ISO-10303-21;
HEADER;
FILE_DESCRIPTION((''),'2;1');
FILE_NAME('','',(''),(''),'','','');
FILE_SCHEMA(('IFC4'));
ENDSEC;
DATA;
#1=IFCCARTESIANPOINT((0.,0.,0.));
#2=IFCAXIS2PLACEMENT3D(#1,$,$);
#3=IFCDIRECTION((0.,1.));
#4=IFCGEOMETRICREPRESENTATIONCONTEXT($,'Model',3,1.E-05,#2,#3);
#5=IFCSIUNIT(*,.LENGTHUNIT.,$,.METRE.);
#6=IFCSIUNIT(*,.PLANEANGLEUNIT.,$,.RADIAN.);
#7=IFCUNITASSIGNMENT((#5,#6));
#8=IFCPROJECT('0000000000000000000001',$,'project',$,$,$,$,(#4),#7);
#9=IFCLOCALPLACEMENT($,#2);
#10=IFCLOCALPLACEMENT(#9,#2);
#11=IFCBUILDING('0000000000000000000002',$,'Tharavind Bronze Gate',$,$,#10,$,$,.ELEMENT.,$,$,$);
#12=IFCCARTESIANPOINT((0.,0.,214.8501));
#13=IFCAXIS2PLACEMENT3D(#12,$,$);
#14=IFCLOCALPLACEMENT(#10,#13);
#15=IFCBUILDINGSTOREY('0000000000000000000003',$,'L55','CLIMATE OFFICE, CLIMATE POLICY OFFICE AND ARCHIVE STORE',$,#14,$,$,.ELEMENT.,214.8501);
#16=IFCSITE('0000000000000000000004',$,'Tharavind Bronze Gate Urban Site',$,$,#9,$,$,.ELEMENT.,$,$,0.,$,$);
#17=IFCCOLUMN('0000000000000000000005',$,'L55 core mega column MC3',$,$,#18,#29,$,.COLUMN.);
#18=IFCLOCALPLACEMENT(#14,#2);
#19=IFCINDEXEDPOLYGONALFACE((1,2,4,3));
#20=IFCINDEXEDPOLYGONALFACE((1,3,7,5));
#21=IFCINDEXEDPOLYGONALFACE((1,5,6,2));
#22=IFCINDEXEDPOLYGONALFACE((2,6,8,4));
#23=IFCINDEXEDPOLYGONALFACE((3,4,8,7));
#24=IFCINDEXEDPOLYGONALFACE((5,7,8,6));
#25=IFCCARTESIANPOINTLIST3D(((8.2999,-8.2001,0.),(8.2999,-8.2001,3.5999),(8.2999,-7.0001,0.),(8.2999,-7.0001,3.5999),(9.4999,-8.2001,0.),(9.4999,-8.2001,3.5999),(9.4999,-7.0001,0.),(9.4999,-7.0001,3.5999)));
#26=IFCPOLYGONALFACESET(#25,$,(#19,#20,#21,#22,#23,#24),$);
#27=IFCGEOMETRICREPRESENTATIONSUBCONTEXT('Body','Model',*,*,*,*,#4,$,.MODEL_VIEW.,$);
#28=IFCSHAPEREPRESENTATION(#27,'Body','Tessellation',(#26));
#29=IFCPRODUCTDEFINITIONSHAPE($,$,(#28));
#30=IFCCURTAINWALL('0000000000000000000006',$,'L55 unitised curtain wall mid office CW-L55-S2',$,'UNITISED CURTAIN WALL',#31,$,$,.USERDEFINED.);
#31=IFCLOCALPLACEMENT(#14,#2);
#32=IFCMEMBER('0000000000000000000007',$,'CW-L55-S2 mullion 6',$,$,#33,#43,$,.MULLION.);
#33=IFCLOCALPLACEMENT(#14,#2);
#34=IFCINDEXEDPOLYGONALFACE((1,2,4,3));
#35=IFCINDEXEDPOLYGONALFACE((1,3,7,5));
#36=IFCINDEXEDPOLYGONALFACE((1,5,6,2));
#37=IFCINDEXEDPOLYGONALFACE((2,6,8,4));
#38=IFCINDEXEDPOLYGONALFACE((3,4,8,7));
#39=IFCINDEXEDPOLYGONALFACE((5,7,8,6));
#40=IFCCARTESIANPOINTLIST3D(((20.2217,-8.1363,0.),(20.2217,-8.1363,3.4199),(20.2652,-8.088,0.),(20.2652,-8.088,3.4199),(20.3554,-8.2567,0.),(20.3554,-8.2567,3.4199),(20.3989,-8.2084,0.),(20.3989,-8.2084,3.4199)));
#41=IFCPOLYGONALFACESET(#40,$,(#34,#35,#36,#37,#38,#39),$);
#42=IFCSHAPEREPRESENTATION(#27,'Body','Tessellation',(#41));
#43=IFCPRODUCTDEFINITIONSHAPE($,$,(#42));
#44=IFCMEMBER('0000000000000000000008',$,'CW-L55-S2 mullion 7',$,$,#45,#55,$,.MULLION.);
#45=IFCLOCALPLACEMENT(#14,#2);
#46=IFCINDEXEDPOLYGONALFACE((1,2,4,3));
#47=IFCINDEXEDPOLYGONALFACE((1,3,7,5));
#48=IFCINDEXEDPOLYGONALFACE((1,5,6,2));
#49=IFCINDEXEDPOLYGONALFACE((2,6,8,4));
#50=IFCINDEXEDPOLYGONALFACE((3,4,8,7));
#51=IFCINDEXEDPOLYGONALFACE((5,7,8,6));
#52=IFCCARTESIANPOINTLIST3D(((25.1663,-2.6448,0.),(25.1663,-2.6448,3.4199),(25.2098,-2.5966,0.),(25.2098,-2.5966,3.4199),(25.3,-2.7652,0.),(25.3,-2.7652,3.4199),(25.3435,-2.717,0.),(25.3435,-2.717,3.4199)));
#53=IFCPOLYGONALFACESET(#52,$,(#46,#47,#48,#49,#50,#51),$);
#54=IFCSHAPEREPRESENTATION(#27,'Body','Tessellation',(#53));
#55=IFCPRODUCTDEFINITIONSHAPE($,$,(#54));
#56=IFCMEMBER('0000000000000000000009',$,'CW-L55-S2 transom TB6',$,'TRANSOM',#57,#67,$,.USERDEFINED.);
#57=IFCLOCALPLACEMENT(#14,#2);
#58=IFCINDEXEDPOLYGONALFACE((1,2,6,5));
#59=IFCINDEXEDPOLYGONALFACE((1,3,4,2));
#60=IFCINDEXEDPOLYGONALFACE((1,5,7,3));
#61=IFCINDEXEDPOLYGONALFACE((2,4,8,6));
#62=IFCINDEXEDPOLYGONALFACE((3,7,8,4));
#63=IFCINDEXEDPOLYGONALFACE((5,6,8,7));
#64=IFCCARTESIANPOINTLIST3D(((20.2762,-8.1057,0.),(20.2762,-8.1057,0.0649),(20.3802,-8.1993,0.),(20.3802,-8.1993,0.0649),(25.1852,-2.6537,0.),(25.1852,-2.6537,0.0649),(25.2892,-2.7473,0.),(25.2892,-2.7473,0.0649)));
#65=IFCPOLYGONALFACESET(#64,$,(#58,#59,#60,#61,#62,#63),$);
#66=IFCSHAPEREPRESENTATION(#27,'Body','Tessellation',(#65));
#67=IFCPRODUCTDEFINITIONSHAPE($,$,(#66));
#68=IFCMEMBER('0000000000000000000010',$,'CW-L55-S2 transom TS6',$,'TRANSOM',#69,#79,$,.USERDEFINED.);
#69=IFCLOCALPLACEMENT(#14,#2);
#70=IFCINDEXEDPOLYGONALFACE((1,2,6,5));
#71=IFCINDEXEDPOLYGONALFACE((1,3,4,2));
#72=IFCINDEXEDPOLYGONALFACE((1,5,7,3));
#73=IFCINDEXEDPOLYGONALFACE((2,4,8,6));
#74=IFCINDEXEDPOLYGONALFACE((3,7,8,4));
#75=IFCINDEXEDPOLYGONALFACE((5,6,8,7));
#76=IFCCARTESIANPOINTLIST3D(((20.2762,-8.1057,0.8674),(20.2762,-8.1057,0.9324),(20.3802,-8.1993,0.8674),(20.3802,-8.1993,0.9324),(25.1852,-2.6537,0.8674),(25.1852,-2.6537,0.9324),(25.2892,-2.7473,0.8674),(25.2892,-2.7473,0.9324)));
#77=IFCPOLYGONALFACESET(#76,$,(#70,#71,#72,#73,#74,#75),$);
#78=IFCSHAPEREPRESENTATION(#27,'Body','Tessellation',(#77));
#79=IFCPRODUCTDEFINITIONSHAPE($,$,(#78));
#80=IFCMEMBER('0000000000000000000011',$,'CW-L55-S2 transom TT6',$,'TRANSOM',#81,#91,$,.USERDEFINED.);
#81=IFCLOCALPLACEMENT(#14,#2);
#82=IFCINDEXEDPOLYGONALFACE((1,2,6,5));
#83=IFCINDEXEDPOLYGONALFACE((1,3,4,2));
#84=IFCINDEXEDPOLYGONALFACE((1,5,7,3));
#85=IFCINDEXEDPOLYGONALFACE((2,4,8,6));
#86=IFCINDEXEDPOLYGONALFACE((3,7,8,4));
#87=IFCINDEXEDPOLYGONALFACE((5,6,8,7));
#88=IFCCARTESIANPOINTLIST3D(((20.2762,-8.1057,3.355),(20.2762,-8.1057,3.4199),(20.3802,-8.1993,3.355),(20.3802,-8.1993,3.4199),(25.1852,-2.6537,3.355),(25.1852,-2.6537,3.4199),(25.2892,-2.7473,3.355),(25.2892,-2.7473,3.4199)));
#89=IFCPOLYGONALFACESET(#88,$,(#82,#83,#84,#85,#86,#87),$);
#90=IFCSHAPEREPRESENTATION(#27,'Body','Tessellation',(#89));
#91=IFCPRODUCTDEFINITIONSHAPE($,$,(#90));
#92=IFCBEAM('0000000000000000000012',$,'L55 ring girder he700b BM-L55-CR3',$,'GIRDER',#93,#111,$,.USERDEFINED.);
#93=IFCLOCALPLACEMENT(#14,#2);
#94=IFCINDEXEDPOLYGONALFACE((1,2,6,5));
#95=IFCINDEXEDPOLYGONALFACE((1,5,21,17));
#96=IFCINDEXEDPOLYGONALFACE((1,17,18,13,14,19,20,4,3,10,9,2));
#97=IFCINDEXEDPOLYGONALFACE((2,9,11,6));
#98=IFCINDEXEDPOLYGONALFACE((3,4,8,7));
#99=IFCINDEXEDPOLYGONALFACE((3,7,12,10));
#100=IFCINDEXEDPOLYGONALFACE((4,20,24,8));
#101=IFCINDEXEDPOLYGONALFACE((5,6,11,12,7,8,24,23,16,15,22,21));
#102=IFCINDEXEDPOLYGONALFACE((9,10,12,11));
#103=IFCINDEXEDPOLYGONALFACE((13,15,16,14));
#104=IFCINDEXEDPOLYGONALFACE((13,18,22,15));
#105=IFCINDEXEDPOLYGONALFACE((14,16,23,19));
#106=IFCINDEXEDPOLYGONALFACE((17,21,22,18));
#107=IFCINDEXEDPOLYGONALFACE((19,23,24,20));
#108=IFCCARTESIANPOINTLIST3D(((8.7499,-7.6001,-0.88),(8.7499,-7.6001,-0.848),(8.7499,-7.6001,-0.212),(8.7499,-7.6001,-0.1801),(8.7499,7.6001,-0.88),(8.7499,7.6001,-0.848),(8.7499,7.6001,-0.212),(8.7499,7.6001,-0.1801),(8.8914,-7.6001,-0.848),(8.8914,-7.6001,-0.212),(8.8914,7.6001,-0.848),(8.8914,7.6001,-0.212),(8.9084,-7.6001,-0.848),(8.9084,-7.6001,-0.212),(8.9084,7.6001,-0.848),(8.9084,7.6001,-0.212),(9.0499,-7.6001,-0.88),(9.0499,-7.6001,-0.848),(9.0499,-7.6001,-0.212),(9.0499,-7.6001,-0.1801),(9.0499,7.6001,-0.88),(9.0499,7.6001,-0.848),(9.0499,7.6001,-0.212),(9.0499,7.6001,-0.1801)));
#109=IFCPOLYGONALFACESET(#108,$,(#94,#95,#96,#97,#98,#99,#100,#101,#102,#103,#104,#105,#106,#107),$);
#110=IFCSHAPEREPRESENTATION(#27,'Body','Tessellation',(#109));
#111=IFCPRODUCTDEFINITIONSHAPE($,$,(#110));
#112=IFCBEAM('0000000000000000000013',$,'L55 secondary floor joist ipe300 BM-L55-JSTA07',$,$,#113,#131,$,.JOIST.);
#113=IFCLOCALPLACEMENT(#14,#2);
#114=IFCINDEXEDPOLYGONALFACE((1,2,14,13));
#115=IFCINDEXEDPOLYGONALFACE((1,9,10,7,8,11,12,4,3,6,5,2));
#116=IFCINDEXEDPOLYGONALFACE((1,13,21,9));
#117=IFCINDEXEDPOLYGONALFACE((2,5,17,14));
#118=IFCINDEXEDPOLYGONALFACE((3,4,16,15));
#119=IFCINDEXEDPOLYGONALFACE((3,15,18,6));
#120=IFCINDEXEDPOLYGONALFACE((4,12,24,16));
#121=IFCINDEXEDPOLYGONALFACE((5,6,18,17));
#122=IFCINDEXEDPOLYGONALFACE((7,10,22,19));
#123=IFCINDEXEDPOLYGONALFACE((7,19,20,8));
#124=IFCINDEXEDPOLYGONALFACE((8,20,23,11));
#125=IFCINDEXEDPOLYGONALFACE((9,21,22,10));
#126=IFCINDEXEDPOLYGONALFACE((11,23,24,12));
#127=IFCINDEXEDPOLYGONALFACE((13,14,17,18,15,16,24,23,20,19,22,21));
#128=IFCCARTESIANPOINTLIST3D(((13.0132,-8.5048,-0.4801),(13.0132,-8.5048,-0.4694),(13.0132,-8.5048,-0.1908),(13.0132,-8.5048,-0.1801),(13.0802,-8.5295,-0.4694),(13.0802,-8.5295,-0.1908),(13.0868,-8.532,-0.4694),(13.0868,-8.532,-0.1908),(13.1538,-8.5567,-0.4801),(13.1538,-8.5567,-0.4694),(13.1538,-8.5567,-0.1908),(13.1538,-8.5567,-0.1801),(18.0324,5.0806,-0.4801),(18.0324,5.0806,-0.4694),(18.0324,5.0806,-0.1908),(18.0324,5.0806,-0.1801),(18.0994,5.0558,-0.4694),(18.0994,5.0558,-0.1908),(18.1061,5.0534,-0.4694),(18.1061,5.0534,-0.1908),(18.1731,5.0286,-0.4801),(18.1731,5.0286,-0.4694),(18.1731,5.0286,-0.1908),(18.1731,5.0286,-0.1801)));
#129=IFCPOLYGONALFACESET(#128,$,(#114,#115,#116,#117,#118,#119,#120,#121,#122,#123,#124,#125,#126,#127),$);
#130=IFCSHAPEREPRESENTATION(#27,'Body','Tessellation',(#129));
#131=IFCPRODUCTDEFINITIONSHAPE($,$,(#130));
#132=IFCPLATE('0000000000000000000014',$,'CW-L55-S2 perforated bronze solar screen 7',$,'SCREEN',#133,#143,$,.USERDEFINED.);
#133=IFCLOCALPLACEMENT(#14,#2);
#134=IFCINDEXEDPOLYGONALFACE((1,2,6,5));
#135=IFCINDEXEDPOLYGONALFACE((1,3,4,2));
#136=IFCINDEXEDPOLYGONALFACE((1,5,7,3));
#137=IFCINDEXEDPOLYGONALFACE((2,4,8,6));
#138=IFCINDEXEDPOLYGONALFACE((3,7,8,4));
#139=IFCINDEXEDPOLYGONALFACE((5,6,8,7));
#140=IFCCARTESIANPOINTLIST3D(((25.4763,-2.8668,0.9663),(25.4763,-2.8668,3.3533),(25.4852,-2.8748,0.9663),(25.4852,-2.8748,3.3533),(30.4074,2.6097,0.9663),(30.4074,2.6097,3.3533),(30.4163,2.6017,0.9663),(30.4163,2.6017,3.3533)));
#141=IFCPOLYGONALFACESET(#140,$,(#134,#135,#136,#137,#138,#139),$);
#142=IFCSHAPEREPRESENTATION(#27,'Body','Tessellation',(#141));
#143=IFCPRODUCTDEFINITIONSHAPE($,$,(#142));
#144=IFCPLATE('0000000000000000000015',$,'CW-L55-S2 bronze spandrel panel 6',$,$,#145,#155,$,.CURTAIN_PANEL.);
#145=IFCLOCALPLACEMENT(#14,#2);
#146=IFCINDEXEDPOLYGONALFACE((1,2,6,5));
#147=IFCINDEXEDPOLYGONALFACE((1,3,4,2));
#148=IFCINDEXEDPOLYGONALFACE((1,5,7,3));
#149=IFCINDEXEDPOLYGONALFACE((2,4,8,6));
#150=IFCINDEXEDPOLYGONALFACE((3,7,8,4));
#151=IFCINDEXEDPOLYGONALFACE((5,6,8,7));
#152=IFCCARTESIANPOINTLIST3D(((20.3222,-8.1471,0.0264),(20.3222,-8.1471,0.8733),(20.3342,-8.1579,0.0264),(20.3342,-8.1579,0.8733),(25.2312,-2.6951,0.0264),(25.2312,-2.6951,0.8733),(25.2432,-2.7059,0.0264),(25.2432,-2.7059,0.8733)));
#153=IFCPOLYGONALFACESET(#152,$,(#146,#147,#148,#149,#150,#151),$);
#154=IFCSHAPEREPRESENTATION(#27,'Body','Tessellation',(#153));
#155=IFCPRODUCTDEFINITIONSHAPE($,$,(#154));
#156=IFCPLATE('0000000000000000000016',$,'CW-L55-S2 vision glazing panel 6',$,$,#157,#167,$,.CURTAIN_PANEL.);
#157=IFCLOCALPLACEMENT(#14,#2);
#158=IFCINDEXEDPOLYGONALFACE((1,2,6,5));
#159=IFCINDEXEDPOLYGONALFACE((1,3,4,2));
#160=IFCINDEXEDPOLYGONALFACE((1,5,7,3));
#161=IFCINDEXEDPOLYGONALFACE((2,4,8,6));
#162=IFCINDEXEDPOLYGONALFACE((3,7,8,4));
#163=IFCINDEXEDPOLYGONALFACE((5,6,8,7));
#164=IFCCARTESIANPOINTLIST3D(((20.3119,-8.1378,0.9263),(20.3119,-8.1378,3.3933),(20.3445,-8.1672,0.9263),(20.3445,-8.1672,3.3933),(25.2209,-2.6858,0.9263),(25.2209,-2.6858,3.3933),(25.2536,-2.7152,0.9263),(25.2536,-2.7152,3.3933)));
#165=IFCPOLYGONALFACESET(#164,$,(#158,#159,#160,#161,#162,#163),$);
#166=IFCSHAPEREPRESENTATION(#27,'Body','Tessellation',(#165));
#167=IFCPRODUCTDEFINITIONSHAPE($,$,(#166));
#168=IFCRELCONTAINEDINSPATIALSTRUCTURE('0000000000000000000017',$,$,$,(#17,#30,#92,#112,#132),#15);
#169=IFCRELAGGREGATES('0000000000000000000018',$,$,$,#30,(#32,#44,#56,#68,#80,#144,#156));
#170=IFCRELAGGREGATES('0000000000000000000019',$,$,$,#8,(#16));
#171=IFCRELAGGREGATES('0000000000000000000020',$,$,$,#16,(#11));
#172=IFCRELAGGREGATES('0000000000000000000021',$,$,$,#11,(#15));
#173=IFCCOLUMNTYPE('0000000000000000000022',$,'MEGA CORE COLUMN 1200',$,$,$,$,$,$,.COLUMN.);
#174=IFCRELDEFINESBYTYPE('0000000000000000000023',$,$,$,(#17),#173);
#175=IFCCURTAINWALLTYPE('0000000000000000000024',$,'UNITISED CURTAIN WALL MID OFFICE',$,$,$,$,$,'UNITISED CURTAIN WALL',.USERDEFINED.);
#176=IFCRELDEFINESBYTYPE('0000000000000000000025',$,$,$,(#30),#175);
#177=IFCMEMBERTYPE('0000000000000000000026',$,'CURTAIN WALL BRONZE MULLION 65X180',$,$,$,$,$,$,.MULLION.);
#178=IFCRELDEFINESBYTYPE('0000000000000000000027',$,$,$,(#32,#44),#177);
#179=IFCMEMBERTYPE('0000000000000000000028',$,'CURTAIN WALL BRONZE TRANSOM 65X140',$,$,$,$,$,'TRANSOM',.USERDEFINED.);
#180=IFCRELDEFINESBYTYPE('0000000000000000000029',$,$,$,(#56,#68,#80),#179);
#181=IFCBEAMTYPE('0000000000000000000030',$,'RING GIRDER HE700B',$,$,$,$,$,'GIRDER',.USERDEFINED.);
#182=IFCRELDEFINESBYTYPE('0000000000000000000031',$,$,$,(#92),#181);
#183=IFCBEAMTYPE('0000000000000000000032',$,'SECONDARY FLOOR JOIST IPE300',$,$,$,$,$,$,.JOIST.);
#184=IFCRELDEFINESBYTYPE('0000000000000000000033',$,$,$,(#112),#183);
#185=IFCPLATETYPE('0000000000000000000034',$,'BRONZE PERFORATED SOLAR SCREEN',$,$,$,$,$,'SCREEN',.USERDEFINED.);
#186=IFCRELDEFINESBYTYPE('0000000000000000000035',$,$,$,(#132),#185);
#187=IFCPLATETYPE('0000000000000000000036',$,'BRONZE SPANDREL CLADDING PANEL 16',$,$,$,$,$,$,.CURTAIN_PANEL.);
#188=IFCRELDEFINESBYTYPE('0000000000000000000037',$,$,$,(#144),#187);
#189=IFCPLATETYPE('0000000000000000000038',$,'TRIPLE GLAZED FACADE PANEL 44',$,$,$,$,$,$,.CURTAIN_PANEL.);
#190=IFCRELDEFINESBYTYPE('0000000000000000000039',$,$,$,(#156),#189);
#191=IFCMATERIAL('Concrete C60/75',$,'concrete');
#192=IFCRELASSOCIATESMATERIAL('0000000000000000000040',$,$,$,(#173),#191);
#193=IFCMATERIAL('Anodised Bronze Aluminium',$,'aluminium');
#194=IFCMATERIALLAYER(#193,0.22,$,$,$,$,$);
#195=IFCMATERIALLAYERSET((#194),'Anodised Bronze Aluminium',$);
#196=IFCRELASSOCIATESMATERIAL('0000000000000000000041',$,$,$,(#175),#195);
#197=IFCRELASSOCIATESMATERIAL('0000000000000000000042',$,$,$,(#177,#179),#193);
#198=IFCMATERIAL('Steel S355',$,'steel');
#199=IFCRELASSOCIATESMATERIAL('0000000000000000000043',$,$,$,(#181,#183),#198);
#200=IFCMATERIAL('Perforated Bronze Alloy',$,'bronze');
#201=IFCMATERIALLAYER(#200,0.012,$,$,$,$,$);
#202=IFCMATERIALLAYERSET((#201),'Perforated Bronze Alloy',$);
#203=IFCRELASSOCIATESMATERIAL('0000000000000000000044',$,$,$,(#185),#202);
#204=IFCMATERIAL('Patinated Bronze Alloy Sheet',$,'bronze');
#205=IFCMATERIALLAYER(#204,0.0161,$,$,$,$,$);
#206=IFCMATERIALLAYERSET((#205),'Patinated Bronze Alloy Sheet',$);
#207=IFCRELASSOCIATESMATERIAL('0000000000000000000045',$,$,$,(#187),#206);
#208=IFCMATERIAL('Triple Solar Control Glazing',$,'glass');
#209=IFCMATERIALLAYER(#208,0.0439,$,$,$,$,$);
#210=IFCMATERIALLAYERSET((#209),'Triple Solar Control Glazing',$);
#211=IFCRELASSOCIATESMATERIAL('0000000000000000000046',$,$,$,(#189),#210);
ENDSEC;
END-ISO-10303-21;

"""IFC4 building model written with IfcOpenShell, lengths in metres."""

from ifc_helpers import new_model, si_unit, direction, frame, origin, origin_2d, place, context, subcontext, project, spatial, rectangle, i_section, extrude, material, layer, layer_set, material_profile, profile_set, type_object, element, aggregate, save


model = new_model("IFC4")

# Units and contexts
model_context = context("Model", 3, precision=1e-05, world=origin(), true_north=direction((0.0, 1.0)))
body_context = subcontext(model_context, "Body", "Model", "MODEL_VIEW")
ifc_project = project(units=[si_unit("LENGTHUNIT", "METRE"), si_unit("PLANEANGLEUNIT", "RADIAN")], contexts=[model_context])

# Site, building, storey
site_placement = place(None, origin())
site = spatial("IfcSite", under=ifc_project, at=site_placement, Name="Tharavind Bronze Gate Urban Site", CompositionType="ELEMENT", RefElevation=0.0)
building_placement = place(site_placement, origin())
building = spatial("IfcBuilding", under=site, at=building_placement, Name="Tharavind Bronze Gate", CompositionType="ELEMENT")
storey_placement = place(building_placement, frame((0.0, 0.0, 214.8501)))
storey = spatial("IfcBuildingStorey", under=building, at=storey_placement, Name="L55", Description="CLIMATE OFFICE, CLIMATE POLICY OFFICE AND ARCHIVE STORE", CompositionType="ELEMENT", Elevation=214.8501)

# Column
ifc_material_1 = material(Name="Concrete C60/75", Category="concrete")
ifc_material_profile_1 = material_profile(ifc_material_1, rectangle(XDim=1.2, YDim=1.2, at=origin_2d()), Name="RCCOL1200")
ifc_profile_set_1 = profile_set([ifc_material_profile_1], Name="Concrete C60/75")
column_type = type_object("IfcColumnType", Name="MEGA CORE COLUMN 1200", PredefinedType="COLUMN", material=ifc_profile_set_1)
column_placement = place(storey_placement, frame((8.8999, -7.6001, 0.0), z_axis=(0.0, 0.0, 1.0), x_axis=(1.0, 0.0, 0.0)))
element("IfcColumn", 1, at=column_placement, inside=storey, type_object=column_type, Name="L55 core mega column MC3", PredefinedType="COLUMN", context=body_context, shape_type="SweptSolid", body=[
    extrude(rectangle(XDim=1.2, YDim=1.2, at=origin_2d()), origin(), (0.0, 0.0, 1.0), 3.5999),
])

# Curtain wall, members
ifc_material_2 = material(Name="Anodised Bronze Aluminium", Category="aluminium")
ifc_layer_1 = layer(ifc_material_2, 0.22)
ifc_layer_set_1 = layer_set([ifc_layer_1], Name="Anodised Bronze Aluminium")
curtain_wall_type = type_object("IfcCurtainWallType", Name="UNITISED CURTAIN WALL MID OFFICE", ElementType="UNITISED CURTAIN WALL", PredefinedType="USERDEFINED", material=ifc_layer_set_1)
curtain_wall_placement = place(storey_placement, origin())
curtain_wall = element("IfcCurtainWall", 2, at=curtain_wall_placement, inside=storey, type_object=curtain_wall_type, Name="L55 unitised curtain wall mid office CW-L55-S2", ObjectType="UNITISED CURTAIN WALL", PredefinedType="USERDEFINED")
member_type_1 = type_object("IfcMemberType", Name="CURTAIN WALL BRONZE MULLION 65X180", PredefinedType="MULLION", material=ifc_material_2)
member_1_placement = place(storey_placement, frame((20.3103, -8.1724, 0.0), z_axis=(0.0, 0.0, 1.0), x_axis=(0.669131, 0.743145, 0.0)))
member_1 = element("IfcMember", 3, at=member_1_placement, type_object=member_type_1, Name="CW-L55-S2 mullion 6", PredefinedType="MULLION", context=body_context, shape_type="SweptSolid", body=[
    extrude(rectangle(XDim=0.0649, YDim=0.1799, at=origin_2d()), origin(), (0.0, 0.0, 1.0), 3.4199),
])
member_2_placement = place(storey_placement, frame((25.2549, -2.6809, 0.0), z_axis=(0.0, 0.0, 1.0), x_axis=(0.669131, 0.743145, 0.0)))
member_2 = element("IfcMember", 4, at=member_2_placement, type_object=member_type_1, Name="CW-L55-S2 mullion 7", PredefinedType="MULLION", context=body_context, shape_type="SweptSolid", body=[
    extrude(rectangle(XDim=0.0649, YDim=0.1799, at=origin_2d()), origin(), (0.0, 0.0, 1.0), 3.4199),
])
member_type_2 = type_object("IfcMemberType", Name="CURTAIN WALL BRONZE TRANSOM 65X140", ElementType="TRANSOM", PredefinedType="USERDEFINED", material=ifc_material_2)
member_3_placement = place(storey_placement, frame((22.7827, -5.4265, 0.0), z_axis=(0.0, 0.0, 1.0), x_axis=(0.669131, 0.743145, 0.0)))
member_3 = element("IfcMember", 5, at=member_3_placement, type_object=member_type_2, Name="CW-L55-S2 transom TB6", ObjectType="TRANSOM", PredefinedType="USERDEFINED", context=body_context, shape_type="SweptSolid", body=[
    extrude(rectangle(XDim=7.3364, YDim=0.1399, at=origin_2d()), origin(), (0.0, 0.0, 1.0), 0.0649),
])
member_4_placement = place(storey_placement, frame((22.7827, -5.4265, 0.8674), z_axis=(0.0, 0.0, 1.0), x_axis=(0.669131, 0.743145, 0.0)))
member_4 = element("IfcMember", 6, at=member_4_placement, type_object=member_type_2, Name="CW-L55-S2 transom TS6", ObjectType="TRANSOM", PredefinedType="USERDEFINED", context=body_context, shape_type="SweptSolid", body=[
    extrude(rectangle(XDim=7.3364, YDim=0.1399, at=origin_2d()), origin(), (0.0, 0.0, 1.0), 0.0649),
])
member_5_placement = place(storey_placement, frame((22.7827, -5.4265, 3.355), z_axis=(0.0, 0.0, 1.0), x_axis=(0.669131, 0.743145, 0.0)))
member_5 = element("IfcMember", 7, at=member_5_placement, type_object=member_type_2, Name="CW-L55-S2 transom TT6", ObjectType="TRANSOM", PredefinedType="USERDEFINED", context=body_context, shape_type="SweptSolid", body=[
    extrude(rectangle(XDim=7.3364, YDim=0.1399, at=origin_2d()), origin(), (0.0, 0.0, 1.0), 0.0649),
])

# Beams
ifc_material_3 = material(Name="Steel S355", Category="steel")
ifc_material_profile_2 = material_profile(ifc_material_3, i_section(OverallWidth=0.3, OverallDepth=0.7, WebThickness=0.0171, FlangeThickness=0.032, at=origin_2d()), Name="HE700B")
ifc_profile_set_2 = profile_set([ifc_material_profile_2], Name="Steel S355")
beam_type_1 = type_object("IfcBeamType", Name="RING GIRDER HE700B", ElementType="GIRDER", PredefinedType="USERDEFINED", material=ifc_profile_set_2)
beam_1_placement = place(storey_placement, frame((8.8999, -7.6001, -0.53), z_axis=(0.0, 1.0, 0.0), x_axis=(-1.0, 0.0, 0.0)))
element("IfcBeam", 8, at=beam_1_placement, inside=storey, type_object=beam_type_1, Name="L55 ring girder he700b BM-L55-CR3", ObjectType="GIRDER", PredefinedType="USERDEFINED", context=body_context, shape_type="SweptSolid", body=[
    extrude(i_section(OverallWidth=0.3, OverallDepth=0.7, WebThickness=0.0171, FlangeThickness=0.032, at=origin_2d()), origin(), (0.0, 0.0, 1.0), 15.2002),
])
ifc_material_profile_3 = material_profile(ifc_material_3, i_section(OverallWidth=0.1499, OverallDepth=0.3, WebThickness=0.0071, FlangeThickness=0.0107, at=origin_2d()), Name="IPE300")
ifc_profile_set_3 = profile_set([ifc_material_profile_3], Name="Steel S355")
beam_type_2 = type_object("IfcBeamType", Name="SECONDARY FLOOR JOIST IPE300", PredefinedType="JOIST", material=ifc_profile_set_3)
beam_2_placement = place(storey_placement, frame((13.0835, -8.5308, -0.3301), z_axis=(0.346564, 0.938026, 0.0), x_axis=(-0.938026, 0.346564, 0.0)))
element("IfcBeam", 9, at=beam_2_placement, inside=storey, type_object=beam_type_2, Name="L55 secondary floor joist ipe300 BM-L55-JSTA07", PredefinedType="JOIST", context=body_context, shape_type="SweptSolid", body=[
    extrude(i_section(OverallWidth=0.1499, OverallDepth=0.3, WebThickness=0.0071, FlangeThickness=0.0107, at=origin_2d()), origin(), (0.0, 0.0, 1.0), 14.4829),
])

# Plates
ifc_material_4 = material(Name="Perforated Bronze Alloy", Category="bronze")
ifc_layer_2 = layer(ifc_material_4, 0.012)
ifc_layer_set_2 = layer_set([ifc_layer_2], Name="Perforated Bronze Alloy")
plate_type_1 = type_object("IfcPlateType", Name="BRONZE PERFORATED SOLAR SCREEN", ElementType="SCREEN", PredefinedType="USERDEFINED", material=ifc_layer_set_2)
plate_1_placement = place(storey_placement, frame((27.9463, -0.1326, 0.9663), z_axis=(0.0, 0.0, 1.0), x_axis=(0.669131, 0.743145, 0.0)))
element("IfcPlate", 10, at=plate_1_placement, inside=storey, type_object=plate_type_1, Name="CW-L55-S2 perforated bronze solar screen 7", ObjectType="SCREEN", PredefinedType="USERDEFINED", context=body_context, shape_type="SweptSolid", body=[
    extrude(rectangle(XDim=7.3694, YDim=0.012, at=origin_2d()), origin(), (0.0, 0.0, 1.0), 2.387),
])
ifc_material_5 = material(Name="Patinated Bronze Alloy Sheet", Category="bronze")
ifc_layer_3 = layer(ifc_material_5, 0.0161)
ifc_layer_set_3 = layer_set([ifc_layer_3], Name="Patinated Bronze Alloy Sheet")
plate_type_2 = type_object("IfcPlateType", Name="BRONZE SPANDREL CLADDING PANEL 16", PredefinedType="CURTAIN_PANEL", material=ifc_layer_set_3)
plate_2_placement = place(storey_placement, frame((22.7827, -5.4265, 0.0264), z_axis=(0.0, 0.0, 1.0), x_axis=(0.669131, 0.743145, 0.0)))
plate_2 = element("IfcPlate", 11, at=plate_2_placement, type_object=plate_type_2, Name="CW-L55-S2 bronze spandrel panel 6", PredefinedType="CURTAIN_PANEL", context=body_context, shape_type="SweptSolid", body=[
    extrude(rectangle(XDim=7.3364, YDim=0.0161, at=origin_2d()), origin(), (0.0, 0.0, 1.0), 0.8469),
])
ifc_material_6 = material(Name="Triple Solar Control Glazing", Category="glass")
ifc_layer_4 = layer(ifc_material_6, 0.0439)
ifc_layer_set_4 = layer_set([ifc_layer_4], Name="Triple Solar Control Glazing")
plate_type_3 = type_object("IfcPlateType", Name="TRIPLE GLAZED FACADE PANEL 44", PredefinedType="CURTAIN_PANEL", material=ifc_layer_set_4)
plate_3_placement = place(storey_placement, frame((22.7827, -5.4265, 0.9263), z_axis=(0.0, 0.0, 1.0), x_axis=(0.669131, 0.743145, 0.0)))
plate_3 = element("IfcPlate", 12, at=plate_3_placement, type_object=plate_type_3, Name="CW-L55-S2 vision glazing panel 6", PredefinedType="CURTAIN_PANEL", context=body_context, shape_type="SweptSolid", body=[
    extrude(rectangle(XDim=7.3364, YDim=0.0439, at=origin_2d()), origin(), (0.0, 0.0, 1.0), 2.467),
])
aggregate(curtain_wall, [member_1, member_2, member_3, member_4, member_5, plate_2, plate_3])

save(model, "model.ifc")
